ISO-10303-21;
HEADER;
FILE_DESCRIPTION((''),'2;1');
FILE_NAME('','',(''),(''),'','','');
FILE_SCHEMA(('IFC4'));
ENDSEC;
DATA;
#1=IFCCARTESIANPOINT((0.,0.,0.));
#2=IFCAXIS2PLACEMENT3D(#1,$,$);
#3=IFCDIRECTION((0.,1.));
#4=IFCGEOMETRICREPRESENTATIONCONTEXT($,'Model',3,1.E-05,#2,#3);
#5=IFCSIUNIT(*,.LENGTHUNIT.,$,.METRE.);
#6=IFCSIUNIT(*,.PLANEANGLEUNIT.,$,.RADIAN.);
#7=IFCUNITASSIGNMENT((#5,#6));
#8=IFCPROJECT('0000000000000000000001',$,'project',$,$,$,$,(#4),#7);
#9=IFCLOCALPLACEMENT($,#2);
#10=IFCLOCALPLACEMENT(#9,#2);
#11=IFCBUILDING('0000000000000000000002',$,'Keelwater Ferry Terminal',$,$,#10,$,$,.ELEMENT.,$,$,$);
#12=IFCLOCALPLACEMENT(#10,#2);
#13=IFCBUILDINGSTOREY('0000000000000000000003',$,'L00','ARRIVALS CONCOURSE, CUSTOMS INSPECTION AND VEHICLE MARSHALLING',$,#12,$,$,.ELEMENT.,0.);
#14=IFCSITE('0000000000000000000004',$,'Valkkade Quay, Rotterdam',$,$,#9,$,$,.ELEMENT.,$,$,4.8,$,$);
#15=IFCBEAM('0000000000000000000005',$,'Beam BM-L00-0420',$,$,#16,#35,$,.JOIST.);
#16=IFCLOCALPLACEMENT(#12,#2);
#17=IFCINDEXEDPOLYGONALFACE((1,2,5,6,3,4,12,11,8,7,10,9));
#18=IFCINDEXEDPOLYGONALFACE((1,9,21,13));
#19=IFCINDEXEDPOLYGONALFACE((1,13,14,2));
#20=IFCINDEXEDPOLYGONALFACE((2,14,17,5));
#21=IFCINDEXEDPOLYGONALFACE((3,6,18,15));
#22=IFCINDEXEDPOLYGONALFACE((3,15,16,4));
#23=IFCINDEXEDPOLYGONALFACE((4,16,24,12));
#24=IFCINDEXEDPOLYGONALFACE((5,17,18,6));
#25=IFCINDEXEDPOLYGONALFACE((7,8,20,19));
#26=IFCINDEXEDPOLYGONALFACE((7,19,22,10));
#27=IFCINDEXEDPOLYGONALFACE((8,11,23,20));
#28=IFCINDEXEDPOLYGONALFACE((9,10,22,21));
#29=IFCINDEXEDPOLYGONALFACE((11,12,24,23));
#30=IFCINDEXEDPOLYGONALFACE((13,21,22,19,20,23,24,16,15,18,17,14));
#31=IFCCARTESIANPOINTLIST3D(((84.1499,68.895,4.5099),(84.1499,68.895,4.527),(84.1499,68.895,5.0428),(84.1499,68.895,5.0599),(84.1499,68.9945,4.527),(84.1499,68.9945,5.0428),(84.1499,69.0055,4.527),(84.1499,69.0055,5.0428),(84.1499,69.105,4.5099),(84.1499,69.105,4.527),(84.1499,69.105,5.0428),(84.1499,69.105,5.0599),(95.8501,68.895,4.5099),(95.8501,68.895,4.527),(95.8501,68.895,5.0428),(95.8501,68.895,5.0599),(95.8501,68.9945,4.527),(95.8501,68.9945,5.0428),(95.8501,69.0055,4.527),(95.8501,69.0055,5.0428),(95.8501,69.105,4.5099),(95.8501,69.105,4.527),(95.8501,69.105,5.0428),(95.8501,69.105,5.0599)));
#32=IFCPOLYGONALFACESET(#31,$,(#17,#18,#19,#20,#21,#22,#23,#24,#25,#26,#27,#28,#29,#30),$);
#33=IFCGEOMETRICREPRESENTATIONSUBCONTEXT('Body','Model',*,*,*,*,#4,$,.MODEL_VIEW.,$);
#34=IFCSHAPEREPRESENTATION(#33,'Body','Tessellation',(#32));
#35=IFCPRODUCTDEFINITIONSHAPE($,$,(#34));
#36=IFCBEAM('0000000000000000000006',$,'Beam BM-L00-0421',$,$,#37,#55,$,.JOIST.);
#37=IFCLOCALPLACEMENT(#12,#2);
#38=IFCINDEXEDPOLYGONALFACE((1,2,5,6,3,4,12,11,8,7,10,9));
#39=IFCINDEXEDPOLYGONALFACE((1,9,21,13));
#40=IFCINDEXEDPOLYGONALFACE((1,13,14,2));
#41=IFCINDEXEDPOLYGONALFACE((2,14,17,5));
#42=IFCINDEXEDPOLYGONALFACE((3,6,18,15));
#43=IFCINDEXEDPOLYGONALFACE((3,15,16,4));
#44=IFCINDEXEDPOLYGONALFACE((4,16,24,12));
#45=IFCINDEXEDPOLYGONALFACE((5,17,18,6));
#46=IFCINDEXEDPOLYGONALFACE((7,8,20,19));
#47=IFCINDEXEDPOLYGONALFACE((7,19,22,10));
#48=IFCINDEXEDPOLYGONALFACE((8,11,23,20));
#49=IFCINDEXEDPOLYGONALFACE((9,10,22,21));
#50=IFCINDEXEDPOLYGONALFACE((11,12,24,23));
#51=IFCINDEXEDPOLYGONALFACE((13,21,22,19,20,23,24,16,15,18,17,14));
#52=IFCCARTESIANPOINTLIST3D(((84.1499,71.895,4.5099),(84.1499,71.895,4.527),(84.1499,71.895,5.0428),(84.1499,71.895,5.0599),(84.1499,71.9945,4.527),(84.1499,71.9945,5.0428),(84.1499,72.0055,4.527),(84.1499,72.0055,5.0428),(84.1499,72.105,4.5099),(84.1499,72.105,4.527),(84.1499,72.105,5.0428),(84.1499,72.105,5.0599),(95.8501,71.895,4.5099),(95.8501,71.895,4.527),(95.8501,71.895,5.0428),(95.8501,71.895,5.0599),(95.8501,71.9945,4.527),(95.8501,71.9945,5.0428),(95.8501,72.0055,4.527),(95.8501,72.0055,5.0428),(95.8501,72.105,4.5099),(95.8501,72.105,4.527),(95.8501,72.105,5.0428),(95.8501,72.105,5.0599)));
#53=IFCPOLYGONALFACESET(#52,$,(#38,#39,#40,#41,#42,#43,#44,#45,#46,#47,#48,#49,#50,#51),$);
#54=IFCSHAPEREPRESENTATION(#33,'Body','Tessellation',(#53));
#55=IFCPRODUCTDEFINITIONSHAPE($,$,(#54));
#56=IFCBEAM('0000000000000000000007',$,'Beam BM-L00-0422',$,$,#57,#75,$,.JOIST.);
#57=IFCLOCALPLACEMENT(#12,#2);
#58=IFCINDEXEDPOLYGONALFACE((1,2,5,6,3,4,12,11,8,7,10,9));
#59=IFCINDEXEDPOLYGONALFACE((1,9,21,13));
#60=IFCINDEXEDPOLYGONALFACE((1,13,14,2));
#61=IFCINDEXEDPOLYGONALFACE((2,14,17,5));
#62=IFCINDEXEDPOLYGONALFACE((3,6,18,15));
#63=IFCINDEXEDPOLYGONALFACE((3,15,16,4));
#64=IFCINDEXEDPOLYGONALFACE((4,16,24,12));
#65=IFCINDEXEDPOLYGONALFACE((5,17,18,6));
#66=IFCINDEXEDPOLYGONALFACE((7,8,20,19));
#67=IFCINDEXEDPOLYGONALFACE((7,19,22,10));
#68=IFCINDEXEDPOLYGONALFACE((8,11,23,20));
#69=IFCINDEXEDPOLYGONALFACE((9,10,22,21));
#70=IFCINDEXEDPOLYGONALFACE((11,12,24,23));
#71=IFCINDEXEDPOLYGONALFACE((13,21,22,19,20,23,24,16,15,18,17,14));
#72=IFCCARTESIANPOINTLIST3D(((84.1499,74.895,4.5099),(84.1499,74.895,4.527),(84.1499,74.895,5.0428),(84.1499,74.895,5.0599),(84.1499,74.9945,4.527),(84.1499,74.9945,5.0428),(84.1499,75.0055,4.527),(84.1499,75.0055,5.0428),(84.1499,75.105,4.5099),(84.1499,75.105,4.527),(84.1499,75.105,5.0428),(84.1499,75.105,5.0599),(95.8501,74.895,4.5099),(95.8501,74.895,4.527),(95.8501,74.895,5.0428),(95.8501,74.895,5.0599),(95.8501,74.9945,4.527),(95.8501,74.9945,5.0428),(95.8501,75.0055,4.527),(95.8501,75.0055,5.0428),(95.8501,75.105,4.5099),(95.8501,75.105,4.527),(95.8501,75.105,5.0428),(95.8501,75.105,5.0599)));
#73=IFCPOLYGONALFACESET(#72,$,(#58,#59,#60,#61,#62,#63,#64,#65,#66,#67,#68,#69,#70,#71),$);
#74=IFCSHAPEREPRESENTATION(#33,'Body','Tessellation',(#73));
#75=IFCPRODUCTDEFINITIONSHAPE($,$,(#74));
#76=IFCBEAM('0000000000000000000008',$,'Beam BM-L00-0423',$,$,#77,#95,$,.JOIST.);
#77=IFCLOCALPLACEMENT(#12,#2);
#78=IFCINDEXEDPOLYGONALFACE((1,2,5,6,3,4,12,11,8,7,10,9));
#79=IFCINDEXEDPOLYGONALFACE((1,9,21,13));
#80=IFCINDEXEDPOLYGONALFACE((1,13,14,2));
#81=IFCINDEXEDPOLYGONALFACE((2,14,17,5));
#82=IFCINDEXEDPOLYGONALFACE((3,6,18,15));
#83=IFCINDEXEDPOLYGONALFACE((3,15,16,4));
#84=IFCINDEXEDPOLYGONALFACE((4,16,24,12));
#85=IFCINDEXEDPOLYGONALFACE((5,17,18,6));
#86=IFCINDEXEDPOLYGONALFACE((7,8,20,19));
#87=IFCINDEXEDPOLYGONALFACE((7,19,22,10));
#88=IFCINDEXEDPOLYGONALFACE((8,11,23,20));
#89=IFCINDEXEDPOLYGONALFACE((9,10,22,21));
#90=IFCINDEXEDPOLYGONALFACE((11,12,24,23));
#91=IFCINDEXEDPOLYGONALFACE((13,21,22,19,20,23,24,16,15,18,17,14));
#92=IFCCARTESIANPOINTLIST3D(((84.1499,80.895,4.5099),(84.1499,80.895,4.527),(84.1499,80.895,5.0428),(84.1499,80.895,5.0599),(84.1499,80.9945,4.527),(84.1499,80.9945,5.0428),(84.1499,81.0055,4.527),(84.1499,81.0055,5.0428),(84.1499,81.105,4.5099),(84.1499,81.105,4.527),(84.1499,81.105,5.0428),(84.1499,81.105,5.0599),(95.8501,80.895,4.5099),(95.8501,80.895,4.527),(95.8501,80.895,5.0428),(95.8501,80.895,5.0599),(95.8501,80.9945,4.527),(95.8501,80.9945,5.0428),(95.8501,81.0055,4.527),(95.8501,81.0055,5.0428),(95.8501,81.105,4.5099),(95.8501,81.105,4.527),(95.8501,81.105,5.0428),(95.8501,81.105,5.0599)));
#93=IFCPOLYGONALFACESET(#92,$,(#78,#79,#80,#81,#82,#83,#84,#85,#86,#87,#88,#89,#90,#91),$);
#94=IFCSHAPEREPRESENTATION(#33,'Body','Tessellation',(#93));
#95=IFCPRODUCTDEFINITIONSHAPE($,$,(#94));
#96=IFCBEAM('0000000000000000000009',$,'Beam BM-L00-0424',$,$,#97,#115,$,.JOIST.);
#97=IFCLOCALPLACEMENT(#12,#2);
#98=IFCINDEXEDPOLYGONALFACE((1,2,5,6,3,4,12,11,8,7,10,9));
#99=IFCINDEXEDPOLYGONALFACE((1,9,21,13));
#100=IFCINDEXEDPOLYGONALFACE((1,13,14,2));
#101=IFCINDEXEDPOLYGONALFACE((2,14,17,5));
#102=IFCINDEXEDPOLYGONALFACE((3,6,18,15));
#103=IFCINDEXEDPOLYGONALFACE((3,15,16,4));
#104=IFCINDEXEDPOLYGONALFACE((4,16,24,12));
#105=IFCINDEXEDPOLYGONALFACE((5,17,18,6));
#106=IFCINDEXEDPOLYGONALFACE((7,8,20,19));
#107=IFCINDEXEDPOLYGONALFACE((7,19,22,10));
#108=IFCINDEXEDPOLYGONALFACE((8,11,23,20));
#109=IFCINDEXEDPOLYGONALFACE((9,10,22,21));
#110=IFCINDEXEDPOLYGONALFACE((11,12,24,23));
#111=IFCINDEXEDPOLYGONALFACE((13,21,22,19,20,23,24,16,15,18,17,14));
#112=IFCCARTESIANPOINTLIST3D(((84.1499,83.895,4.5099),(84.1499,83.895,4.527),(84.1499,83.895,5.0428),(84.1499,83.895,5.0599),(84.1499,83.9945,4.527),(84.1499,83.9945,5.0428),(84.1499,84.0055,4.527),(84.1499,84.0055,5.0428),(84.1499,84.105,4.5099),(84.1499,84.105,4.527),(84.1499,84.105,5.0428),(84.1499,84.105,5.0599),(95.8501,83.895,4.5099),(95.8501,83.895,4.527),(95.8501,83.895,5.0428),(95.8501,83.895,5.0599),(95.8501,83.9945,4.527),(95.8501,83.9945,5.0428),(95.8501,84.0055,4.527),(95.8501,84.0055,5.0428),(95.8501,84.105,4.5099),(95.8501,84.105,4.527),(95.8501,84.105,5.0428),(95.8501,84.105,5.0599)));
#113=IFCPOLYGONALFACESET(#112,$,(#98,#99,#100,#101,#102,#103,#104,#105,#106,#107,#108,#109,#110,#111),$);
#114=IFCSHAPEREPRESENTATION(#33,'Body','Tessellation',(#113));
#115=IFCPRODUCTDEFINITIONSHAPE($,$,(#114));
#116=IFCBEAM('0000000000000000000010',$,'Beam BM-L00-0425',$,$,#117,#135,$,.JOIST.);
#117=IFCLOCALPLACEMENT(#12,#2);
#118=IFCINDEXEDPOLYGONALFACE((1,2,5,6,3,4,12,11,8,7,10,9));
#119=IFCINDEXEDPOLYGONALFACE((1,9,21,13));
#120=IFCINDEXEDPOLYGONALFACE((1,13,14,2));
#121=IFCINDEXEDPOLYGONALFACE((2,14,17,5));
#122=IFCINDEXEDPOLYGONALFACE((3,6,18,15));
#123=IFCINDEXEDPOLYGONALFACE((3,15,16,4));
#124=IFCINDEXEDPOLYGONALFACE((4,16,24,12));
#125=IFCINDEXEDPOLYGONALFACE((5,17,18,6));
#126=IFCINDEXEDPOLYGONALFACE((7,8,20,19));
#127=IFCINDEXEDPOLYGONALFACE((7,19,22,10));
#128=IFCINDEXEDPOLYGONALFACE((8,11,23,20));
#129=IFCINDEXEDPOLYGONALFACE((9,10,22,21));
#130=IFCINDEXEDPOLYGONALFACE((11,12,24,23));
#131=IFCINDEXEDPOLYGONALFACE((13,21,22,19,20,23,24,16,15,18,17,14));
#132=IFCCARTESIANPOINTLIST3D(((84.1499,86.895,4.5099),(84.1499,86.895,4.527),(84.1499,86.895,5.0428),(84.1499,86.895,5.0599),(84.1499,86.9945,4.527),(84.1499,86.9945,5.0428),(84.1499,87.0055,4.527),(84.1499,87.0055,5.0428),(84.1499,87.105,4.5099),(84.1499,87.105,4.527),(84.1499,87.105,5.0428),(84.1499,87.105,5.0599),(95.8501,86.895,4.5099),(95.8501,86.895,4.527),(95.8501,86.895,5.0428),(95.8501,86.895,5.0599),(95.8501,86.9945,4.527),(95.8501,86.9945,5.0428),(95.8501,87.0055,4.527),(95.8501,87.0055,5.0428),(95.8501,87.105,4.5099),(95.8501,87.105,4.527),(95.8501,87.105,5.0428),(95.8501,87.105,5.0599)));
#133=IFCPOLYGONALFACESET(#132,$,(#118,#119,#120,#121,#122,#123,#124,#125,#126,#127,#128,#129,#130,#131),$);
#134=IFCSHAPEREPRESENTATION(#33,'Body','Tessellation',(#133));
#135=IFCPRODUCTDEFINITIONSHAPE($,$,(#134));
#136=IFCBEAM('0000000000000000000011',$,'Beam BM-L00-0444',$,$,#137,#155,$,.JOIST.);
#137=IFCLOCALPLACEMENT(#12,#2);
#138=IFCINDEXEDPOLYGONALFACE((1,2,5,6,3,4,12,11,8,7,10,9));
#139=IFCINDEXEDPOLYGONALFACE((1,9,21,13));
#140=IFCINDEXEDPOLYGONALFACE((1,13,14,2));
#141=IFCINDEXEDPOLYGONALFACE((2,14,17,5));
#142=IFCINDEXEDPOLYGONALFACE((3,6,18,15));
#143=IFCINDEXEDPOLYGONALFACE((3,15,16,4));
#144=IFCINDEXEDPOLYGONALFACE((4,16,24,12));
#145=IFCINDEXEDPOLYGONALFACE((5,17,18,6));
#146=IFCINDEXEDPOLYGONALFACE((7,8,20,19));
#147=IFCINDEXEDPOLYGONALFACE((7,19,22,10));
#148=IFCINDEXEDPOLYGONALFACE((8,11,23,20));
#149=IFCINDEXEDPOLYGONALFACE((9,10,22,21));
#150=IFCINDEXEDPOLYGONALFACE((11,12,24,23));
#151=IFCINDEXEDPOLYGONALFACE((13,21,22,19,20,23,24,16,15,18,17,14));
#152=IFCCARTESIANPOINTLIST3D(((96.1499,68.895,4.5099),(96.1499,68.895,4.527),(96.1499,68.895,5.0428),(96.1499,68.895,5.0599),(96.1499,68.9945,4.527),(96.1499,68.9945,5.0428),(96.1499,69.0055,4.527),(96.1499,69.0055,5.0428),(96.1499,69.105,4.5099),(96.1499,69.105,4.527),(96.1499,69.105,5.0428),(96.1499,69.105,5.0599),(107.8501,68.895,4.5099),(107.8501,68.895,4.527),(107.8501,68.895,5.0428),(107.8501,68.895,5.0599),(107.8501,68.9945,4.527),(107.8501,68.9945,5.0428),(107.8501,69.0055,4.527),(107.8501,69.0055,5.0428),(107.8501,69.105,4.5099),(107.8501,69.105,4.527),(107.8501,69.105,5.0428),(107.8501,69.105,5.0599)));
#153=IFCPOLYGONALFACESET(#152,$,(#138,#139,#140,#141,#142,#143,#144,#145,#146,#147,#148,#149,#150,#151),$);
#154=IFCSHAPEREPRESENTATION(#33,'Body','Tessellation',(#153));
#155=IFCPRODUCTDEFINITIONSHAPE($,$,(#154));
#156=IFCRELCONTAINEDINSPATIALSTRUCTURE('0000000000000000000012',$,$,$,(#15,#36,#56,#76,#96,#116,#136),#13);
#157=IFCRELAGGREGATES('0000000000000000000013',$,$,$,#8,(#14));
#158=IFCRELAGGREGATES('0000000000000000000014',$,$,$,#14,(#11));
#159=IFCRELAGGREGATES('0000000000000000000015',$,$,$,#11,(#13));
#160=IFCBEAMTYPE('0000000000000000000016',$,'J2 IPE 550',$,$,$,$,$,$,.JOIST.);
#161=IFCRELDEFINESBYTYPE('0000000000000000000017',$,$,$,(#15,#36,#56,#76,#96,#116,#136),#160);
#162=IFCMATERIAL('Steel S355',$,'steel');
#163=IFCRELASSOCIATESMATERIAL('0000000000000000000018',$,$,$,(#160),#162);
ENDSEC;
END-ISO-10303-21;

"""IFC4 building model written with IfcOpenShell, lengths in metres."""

from ifc_helpers import new_model, si_unit, direction, frame, origin, origin_2d, place, context, subcontext, project, spatial, i_section, extrude, material, material_profile, profile_set, type_object, element, save


model = new_model("IFC4")

# Units and contexts
model_context = context("Model", 3, precision=1e-05, world=origin(), true_north=direction((0.0, 1.0)))
body_context = subcontext(model_context, "Body", "Model", "MODEL_VIEW")
ifc_project = project(units=[si_unit("LENGTHUNIT", "METRE"), si_unit("PLANEANGLEUNIT", "RADIAN")], contexts=[model_context])

# Site, building, storey
site_placement = place(None, origin())
site = spatial("IfcSite", under=ifc_project, at=site_placement, Name="Valkkade Quay, Rotterdam", CompositionType="ELEMENT", RefElevation=4.8)
building_placement = place(site_placement, origin())
building = spatial("IfcBuilding", under=site, at=building_placement, Name="Keelwater Ferry Terminal", CompositionType="ELEMENT")
storey_placement = place(building_placement, origin())
storey = spatial("IfcBuildingStorey", under=building, at=storey_placement, Name="L00", Description="ARRIVALS CONCOURSE, CUSTOMS INSPECTION AND VEHICLE MARSHALLING", CompositionType="ELEMENT", Elevation=0.0)

# Beams
ifc_material_1 = material(Name="Steel S355", Category="steel")
ifc_material_profile_1 = material_profile(ifc_material_1, i_section(OverallWidth=0.21, OverallDepth=0.55, WebThickness=0.011, FlangeThickness=0.0171, at=origin_2d()), Name="IPE 550")
ifc_profile_set_1 = profile_set([ifc_material_profile_1], Name="Steel S355")
beam_type_1 = type_object("IfcBeamType", Name="J2 IPE 550", PredefinedType="JOIST", material=ifc_profile_set_1)
for number, where, z_axis, x_axis, name in (
    (1, (84.1499, 69.0, 4.7849), (1.0, 0.0, 0.0), (0.0, 1.0, 0.0), "Beam BM-L00-0420"),
    (2, (84.1499, 72.0, 4.7849), (1.0, 0.0, 0.0), (0.0, 1.0, 0.0), "Beam BM-L00-0421"),
    (3, (84.1499, 75.0, 4.7849), (1.0, 0.0, 0.0), (0.0, 1.0, 0.0), "Beam BM-L00-0422"),
    (4, (84.1499, 81.0, 4.7849), (1.0, 0.0, 0.0), (0.0, 1.0, 0.0), "Beam BM-L00-0423"),
    (5, (84.1499, 84.0, 4.7849), (1.0, 0.0, 0.0), (0.0, 1.0, 0.0), "Beam BM-L00-0424"),
    (6, (84.1499, 87.0, 4.7849), (1.0, 0.0, 0.0), (0.0, 1.0, 0.0), "Beam BM-L00-0425"),
    (7, (96.1499, 69.0, 4.7849), (1.0, 0.0, 0.0), (0.0, 1.0, 0.0), "Beam BM-L00-0444"),
):
    element("IfcBeam", number, at=place(storey_placement, frame(where, z_axis=z_axis, x_axis=x_axis)), inside=storey, type_object=beam_type_1, Name=name, PredefinedType="JOIST", context=body_context, shape_type="SweptSolid", body=[
        extrude(i_section(OverallWidth=0.21, OverallDepth=0.55, WebThickness=0.011, FlangeThickness=0.0171, at=origin_2d()), origin(), (0.0, 0.0, 1.0), 11.7002),
    ])

save(model, "model.ifc")
